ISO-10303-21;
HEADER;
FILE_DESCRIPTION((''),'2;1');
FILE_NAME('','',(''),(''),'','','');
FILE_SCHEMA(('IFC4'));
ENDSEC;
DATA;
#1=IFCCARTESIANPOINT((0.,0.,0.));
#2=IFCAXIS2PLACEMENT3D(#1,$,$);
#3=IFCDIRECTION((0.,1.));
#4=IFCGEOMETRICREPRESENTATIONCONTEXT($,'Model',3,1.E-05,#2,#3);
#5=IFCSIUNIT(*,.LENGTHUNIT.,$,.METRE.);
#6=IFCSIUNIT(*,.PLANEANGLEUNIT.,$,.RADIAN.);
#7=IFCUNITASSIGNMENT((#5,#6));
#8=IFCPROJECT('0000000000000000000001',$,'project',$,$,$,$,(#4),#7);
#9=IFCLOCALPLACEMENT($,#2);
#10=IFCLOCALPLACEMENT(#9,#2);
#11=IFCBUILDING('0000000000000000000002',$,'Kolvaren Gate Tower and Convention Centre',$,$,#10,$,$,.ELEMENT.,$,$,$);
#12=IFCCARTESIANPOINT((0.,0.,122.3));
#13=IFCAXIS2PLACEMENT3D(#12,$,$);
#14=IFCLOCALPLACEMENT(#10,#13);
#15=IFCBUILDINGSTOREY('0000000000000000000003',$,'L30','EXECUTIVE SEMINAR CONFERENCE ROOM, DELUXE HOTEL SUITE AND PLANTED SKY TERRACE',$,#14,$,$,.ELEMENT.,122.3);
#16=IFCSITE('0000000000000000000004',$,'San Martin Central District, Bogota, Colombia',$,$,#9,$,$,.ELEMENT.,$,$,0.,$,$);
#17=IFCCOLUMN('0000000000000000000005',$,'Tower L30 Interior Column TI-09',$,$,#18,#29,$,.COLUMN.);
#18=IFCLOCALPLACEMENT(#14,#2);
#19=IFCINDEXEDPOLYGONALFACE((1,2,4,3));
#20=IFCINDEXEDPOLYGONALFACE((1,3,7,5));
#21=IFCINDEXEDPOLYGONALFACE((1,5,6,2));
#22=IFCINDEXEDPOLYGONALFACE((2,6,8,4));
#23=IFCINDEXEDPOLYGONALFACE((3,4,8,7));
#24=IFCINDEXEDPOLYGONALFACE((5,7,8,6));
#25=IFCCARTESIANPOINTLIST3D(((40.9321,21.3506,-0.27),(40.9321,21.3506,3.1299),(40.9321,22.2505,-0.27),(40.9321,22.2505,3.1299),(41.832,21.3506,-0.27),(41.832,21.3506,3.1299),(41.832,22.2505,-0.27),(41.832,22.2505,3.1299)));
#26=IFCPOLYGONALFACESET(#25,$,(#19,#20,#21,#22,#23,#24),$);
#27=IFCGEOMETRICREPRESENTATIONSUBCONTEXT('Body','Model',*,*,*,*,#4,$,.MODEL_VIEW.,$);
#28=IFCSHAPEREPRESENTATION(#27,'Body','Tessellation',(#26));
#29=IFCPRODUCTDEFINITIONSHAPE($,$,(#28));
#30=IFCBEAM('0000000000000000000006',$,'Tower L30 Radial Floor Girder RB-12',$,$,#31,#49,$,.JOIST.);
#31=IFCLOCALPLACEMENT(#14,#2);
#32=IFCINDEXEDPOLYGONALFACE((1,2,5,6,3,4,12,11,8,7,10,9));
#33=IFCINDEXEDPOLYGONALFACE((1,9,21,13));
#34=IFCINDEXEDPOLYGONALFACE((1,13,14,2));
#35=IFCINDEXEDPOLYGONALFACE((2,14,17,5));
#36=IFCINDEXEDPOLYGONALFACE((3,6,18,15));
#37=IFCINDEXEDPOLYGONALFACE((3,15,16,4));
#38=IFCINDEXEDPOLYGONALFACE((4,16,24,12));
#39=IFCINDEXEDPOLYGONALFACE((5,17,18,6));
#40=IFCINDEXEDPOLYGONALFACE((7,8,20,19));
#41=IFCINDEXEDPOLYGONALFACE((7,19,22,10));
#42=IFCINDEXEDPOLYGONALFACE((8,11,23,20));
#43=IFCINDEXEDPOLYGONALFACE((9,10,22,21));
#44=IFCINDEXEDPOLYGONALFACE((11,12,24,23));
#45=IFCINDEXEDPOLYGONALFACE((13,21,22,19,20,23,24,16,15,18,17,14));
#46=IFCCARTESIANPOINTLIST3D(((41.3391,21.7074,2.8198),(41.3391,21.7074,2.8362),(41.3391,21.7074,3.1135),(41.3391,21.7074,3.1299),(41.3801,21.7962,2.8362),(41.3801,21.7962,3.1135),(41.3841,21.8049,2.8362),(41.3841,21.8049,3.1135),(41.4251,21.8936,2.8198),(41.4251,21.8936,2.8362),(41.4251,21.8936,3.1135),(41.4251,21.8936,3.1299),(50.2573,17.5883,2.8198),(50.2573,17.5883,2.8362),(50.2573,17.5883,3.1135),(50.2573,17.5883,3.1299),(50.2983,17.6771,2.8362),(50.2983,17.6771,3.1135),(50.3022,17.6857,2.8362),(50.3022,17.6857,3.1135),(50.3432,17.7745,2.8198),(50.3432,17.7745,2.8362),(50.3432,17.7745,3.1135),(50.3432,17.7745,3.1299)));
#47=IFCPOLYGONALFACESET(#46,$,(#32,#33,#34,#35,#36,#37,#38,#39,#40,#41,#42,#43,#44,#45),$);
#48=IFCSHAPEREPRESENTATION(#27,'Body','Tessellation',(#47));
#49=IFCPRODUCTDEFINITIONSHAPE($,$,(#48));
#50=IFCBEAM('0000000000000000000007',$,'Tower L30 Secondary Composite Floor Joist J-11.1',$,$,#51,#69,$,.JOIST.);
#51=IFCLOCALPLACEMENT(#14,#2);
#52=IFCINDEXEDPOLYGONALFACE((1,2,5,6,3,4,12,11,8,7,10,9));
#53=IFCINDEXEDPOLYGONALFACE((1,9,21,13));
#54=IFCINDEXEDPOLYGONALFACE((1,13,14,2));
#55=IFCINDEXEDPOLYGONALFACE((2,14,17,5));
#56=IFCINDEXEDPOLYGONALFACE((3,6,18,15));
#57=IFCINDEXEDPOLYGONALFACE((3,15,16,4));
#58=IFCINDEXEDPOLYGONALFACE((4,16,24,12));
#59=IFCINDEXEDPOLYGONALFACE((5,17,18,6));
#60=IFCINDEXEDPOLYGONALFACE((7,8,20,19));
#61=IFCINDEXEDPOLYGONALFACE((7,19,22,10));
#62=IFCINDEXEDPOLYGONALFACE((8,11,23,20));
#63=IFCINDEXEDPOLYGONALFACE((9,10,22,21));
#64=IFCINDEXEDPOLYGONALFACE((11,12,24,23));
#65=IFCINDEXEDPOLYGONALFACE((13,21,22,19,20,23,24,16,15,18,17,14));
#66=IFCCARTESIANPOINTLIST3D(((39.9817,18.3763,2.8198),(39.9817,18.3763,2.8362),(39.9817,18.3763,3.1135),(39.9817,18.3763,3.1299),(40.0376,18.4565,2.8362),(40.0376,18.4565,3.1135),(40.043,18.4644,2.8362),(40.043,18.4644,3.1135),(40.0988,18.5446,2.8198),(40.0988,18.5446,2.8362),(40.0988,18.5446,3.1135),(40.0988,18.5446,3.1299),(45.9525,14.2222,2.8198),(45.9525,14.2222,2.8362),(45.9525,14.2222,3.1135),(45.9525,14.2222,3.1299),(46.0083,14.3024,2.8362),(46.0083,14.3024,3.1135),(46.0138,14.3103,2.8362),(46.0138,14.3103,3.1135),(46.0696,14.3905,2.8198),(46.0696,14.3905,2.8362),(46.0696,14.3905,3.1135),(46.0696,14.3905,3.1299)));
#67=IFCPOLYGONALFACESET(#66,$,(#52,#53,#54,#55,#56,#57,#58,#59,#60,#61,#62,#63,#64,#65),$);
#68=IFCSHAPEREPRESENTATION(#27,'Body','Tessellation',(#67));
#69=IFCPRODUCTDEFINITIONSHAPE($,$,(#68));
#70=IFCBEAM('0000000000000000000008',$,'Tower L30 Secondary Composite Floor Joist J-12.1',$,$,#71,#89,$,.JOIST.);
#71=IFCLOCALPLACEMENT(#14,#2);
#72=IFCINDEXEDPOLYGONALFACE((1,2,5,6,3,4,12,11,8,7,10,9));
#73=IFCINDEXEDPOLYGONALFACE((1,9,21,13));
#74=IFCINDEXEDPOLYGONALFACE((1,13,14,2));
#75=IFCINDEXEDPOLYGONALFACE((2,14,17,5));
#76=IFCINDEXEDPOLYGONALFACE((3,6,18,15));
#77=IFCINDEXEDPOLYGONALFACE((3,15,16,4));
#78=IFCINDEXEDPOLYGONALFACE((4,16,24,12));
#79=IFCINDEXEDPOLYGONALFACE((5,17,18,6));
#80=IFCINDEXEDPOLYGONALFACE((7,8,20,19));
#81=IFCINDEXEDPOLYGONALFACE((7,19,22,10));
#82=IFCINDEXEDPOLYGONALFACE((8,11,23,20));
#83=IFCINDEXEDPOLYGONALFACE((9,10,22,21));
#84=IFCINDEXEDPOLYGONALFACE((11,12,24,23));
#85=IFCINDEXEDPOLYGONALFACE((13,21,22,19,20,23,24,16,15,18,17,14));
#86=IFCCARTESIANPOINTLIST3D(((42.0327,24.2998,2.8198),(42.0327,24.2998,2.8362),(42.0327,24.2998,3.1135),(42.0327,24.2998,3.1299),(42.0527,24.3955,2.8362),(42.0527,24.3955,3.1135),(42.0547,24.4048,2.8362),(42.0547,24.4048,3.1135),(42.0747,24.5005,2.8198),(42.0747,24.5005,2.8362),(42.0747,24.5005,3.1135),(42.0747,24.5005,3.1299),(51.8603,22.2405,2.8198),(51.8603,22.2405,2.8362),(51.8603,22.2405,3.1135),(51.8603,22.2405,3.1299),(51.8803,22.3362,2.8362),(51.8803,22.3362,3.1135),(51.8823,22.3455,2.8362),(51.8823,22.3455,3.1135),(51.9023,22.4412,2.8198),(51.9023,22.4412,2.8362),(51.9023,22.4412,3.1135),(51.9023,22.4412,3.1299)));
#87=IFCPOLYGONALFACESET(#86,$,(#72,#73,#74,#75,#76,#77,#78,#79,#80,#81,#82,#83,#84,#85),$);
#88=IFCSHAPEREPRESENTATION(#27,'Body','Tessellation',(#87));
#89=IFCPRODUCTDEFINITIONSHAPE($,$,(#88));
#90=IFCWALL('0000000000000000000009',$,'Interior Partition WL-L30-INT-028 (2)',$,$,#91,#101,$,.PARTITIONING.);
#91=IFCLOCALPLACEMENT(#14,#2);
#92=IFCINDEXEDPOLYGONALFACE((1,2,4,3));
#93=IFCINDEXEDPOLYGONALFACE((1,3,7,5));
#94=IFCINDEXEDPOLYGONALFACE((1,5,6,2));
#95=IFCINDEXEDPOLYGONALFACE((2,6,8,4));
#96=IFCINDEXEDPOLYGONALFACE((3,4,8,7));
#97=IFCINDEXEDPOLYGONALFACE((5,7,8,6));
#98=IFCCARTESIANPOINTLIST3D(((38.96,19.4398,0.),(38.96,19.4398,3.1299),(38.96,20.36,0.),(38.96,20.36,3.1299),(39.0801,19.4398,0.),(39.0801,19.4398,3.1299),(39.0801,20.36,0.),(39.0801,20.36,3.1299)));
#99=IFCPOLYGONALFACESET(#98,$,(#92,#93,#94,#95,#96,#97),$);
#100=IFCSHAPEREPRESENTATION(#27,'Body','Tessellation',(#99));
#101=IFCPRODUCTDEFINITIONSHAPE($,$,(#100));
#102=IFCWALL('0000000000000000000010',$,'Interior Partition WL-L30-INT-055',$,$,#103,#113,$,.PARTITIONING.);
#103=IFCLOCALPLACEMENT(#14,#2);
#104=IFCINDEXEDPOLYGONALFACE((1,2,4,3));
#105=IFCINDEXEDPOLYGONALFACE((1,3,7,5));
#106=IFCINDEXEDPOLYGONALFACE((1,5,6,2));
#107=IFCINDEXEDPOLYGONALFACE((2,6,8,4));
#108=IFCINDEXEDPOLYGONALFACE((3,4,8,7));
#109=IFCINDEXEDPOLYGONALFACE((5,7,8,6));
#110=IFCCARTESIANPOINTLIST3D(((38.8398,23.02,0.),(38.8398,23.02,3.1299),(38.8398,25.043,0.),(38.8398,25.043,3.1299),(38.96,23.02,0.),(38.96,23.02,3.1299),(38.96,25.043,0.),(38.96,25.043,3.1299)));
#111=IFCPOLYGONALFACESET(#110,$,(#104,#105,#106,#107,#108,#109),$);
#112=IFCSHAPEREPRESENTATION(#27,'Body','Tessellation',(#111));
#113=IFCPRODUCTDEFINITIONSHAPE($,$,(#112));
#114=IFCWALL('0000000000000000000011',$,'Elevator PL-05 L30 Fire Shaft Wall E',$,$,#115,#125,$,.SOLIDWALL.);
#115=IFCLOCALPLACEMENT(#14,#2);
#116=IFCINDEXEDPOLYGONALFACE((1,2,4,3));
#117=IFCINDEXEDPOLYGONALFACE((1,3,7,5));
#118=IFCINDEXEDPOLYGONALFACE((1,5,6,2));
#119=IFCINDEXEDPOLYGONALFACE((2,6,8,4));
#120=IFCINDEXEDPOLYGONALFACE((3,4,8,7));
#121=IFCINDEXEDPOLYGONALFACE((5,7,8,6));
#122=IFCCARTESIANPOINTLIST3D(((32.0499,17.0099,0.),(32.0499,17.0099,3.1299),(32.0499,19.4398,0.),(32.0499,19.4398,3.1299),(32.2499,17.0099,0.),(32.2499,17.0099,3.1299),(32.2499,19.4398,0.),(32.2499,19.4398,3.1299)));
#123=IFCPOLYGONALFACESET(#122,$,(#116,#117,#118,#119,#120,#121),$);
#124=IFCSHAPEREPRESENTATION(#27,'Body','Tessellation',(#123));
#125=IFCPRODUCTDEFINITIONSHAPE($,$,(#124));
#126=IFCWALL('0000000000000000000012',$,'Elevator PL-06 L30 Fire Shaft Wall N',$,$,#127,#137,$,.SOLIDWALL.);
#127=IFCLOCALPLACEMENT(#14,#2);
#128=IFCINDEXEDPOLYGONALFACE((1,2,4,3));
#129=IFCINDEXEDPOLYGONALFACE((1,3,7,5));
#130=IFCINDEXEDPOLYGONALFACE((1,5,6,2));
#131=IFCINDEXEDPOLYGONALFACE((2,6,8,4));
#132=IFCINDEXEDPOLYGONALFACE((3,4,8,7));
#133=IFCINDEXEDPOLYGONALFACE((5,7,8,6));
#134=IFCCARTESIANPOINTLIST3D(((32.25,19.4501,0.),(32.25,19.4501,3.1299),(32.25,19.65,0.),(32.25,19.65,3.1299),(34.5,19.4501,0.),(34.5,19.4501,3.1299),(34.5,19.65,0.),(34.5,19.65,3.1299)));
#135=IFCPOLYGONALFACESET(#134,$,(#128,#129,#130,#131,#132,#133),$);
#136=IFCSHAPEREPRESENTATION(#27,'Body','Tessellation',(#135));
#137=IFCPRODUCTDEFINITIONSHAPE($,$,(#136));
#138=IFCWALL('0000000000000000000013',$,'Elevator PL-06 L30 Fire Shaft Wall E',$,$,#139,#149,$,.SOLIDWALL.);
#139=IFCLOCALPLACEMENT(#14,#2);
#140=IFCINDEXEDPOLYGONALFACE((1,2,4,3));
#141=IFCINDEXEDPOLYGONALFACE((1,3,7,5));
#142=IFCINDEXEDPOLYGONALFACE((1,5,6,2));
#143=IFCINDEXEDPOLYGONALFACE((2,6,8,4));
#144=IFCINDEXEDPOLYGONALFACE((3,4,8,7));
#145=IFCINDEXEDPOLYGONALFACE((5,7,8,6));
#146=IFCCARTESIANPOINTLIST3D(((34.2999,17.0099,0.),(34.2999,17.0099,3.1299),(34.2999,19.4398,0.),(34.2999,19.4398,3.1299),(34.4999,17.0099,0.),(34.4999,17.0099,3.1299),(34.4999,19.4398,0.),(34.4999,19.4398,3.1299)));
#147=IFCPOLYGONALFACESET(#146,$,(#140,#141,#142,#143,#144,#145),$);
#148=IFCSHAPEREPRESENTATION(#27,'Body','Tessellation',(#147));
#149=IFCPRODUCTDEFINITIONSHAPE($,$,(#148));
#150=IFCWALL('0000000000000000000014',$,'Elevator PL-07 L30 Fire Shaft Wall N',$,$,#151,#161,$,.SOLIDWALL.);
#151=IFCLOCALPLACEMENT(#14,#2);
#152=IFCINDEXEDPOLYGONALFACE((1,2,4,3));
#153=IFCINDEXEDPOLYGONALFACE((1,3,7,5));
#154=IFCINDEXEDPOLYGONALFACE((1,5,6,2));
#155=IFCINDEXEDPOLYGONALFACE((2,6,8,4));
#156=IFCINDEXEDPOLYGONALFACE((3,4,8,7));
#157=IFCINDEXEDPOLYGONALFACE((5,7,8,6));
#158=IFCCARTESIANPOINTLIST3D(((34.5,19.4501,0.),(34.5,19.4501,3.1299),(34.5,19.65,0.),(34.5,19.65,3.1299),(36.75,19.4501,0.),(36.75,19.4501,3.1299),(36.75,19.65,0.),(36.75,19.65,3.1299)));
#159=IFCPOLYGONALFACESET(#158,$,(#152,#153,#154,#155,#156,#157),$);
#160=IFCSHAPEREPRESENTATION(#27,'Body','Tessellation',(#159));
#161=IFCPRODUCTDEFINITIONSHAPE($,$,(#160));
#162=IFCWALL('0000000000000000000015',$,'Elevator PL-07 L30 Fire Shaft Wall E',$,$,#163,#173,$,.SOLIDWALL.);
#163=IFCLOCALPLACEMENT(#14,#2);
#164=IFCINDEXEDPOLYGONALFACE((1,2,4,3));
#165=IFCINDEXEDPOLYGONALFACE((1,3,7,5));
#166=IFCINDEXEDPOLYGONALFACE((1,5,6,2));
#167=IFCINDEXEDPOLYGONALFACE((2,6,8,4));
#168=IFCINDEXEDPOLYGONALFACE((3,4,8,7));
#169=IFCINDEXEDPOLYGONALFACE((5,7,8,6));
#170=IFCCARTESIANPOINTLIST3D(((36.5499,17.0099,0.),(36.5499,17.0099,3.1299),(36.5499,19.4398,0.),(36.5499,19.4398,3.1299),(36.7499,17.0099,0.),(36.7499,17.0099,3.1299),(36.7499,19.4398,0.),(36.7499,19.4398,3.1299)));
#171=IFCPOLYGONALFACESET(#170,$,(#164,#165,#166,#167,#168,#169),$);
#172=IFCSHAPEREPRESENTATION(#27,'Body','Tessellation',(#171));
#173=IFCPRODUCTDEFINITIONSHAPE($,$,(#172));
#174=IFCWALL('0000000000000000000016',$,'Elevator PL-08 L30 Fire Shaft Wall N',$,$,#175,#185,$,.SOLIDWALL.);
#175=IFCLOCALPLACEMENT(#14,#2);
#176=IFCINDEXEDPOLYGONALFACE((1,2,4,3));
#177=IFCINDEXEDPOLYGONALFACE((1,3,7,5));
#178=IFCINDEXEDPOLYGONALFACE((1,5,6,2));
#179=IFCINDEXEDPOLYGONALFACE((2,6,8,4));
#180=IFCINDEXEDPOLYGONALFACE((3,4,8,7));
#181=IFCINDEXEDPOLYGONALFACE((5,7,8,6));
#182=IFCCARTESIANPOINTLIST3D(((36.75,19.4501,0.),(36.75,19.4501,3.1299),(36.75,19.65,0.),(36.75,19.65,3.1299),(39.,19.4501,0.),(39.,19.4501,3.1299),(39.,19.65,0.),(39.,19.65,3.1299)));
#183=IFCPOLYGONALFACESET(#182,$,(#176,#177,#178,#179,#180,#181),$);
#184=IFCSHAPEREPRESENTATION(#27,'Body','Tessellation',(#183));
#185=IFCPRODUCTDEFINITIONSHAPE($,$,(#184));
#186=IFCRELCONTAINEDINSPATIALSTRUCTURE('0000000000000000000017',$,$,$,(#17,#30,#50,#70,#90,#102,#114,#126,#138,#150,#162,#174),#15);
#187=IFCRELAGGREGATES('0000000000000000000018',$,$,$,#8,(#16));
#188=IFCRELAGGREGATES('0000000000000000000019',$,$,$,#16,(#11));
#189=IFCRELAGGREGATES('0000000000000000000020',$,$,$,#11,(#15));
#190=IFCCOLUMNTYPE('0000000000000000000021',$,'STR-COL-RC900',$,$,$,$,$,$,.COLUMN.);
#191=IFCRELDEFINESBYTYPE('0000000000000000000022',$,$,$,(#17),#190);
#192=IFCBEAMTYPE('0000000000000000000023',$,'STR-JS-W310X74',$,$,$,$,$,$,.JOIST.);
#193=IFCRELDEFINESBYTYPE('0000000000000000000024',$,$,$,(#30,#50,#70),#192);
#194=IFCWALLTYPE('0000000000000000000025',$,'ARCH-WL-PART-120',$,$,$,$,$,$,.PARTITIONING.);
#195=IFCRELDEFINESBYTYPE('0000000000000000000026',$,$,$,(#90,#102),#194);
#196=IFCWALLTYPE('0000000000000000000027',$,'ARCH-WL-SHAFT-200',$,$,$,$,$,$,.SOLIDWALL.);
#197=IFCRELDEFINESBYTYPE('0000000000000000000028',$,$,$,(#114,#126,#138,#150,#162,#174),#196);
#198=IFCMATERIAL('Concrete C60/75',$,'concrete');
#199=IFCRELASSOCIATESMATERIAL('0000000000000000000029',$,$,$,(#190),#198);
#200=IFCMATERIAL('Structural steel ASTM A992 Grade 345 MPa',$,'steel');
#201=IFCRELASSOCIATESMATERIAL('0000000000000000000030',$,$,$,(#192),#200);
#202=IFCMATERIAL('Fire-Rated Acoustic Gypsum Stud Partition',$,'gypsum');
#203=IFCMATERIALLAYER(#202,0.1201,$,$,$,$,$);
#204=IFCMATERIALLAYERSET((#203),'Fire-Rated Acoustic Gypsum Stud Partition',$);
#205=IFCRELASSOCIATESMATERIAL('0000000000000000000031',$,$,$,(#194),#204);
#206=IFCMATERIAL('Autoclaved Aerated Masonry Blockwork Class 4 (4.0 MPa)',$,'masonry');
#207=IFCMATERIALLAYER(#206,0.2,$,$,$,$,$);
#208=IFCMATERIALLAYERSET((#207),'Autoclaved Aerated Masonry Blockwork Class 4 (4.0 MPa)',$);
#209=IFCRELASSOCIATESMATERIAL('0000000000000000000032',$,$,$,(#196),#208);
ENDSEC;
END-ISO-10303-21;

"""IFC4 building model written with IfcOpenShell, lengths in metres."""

from ifc_helpers import new_model, si_unit, direction, frame, frame_2d, origin, origin_2d, place, context, subcontext, project, spatial, rectangle, i_section, extrude, material, layer, layer_set, material_profile, profile_set, type_object, element, save


model = new_model("IFC4")

# Units and contexts
model_context = context("Model", 3, precision=1e-05, world=origin(), true_north=direction((0.0, 1.0)))
body_context = subcontext(model_context, "Body", "Model", "MODEL_VIEW")
ifc_project = project(units=[si_unit("LENGTHUNIT", "METRE"), si_unit("PLANEANGLEUNIT", "RADIAN")], contexts=[model_context])

# Site, building, storey
site_placement = place(None, origin())
site = spatial("IfcSite", under=ifc_project, at=site_placement, Name="San Martin Central District, Bogota, Colombia", CompositionType="ELEMENT", RefElevation=0.0)
building_placement = place(site_placement, origin())
building = spatial("IfcBuilding", under=site, at=building_placement, Name="Kolvaren Gate Tower and Convention Centre", CompositionType="ELEMENT")
storey_placement = place(building_placement, frame((0.0, 0.0, 122.3)))
storey = spatial("IfcBuildingStorey", under=building, at=storey_placement, Name="L30", Description="EXECUTIVE SEMINAR CONFERENCE ROOM, DELUXE HOTEL SUITE AND PLANTED SKY TERRACE", CompositionType="ELEMENT", Elevation=122.3)

# Column
ifc_material_1 = material(Name="Concrete C60/75", Category="concrete")
ifc_material_profile_1 = material_profile(ifc_material_1, rectangle(XDim=0.8999, YDim=0.8999, at=origin_2d()), Name="RC-COL-900X900")
ifc_profile_set_1 = profile_set([ifc_material_profile_1], Name="Concrete C60/75")
column_type = type_object("IfcColumnType", Name="STR-COL-RC900", PredefinedType="COLUMN", material=ifc_profile_set_1)
column_placement = place(storey_placement, frame((41.3821, 21.8005, -0.27), z_axis=(0.0, 0.0, 1.0), x_axis=(1.0, 0.0, 0.0)))
element("IfcColumn", 1, at=column_placement, inside=storey, type_object=column_type, Name="Tower L30 Interior Column TI-09", PredefinedType="COLUMN", context=body_context, shape_type="SweptSolid", body=[
    extrude(rectangle(XDim=0.8999, YDim=0.8999, at=origin_2d()), origin(), (0.0, 0.0, 1.0), 3.3999),
])

# Beams
ifc_material_2 = material(Name="Structural steel ASTM A992 Grade 345 MPa", Category="steel")
ifc_material_profile_2 = material_profile(ifc_material_2, i_section(OverallWidth=0.2051, OverallDepth=0.3101, WebThickness=0.0095, FlangeThickness=0.0164, at=origin_2d()), Name="W310X74")
ifc_profile_set_2 = profile_set([ifc_material_profile_2], Name="Structural steel ASTM A992 Grade 345 MPa")
beam_type = type_object("IfcBeamType", Name="STR-JS-W310X74", PredefinedType="JOIST", material=ifc_profile_set_2)
beam_1_placement = place(storey_placement, frame((41.3821, 21.8005, 2.9749), z_axis=(0.907842, -0.419313, 0.0), x_axis=(0.419313, 0.907842, 0.0)))
element("IfcBeam", 2, at=beam_1_placement, inside=storey, type_object=beam_type, Name="Tower L30 Radial Floor Girder RB-12", PredefinedType="JOIST", context=body_context, shape_type="SweptSolid", body=[
    extrude(i_section(OverallWidth=0.2051, OverallDepth=0.3101, WebThickness=0.0095, FlangeThickness=0.0164, at=origin_2d()), origin(), (0.0, 0.0, 1.0), 9.8235),
])
beam_2_placement = place(storey_placement, frame((40.0403, 18.4604, 2.9749), z_axis=(0.820872, -0.571113, 0.0), x_axis=(0.571113, 0.820872, 0.0)))
element("IfcBeam", 3, at=beam_2_placement, inside=storey, type_object=beam_type, Name="Tower L30 Secondary Composite Floor Joist J-11.1", PredefinedType="JOIST", context=body_context, shape_type="SweptSolid", body=[
    extrude(i_section(OverallWidth=0.2051, OverallDepth=0.3101, WebThickness=0.0095, FlangeThickness=0.0164, at=origin_2d()), origin(), (0.0, 0.0, 1.0), 7.2737),
])
beam_3_placement = place(storey_placement, frame((42.0537, 24.4001, 2.9749), z_axis=(0.978743, -0.20509, 0.0), x_axis=(0.20509, 0.978743, 0.0)))
element("IfcBeam", 4, at=beam_3_placement, inside=storey, type_object=beam_type, Name="Tower L30 Secondary Composite Floor Joist J-12.1", PredefinedType="JOIST", context=body_context, shape_type="SweptSolid", body=[
    extrude(i_section(OverallWidth=0.2051, OverallDepth=0.3101, WebThickness=0.0095, FlangeThickness=0.0164, at=origin_2d()), origin(), (0.0, 0.0, 1.0), 10.041),
])

# Walls
ifc_material_3 = material(Name="Fire-Rated Acoustic Gypsum Stud Partition", Category="gypsum")
ifc_layer_1 = layer(ifc_material_3, 0.1201)
ifc_layer_set_1 = layer_set([ifc_layer_1], Name="Fire-Rated Acoustic Gypsum Stud Partition")
wall_type_1 = type_object("IfcWallType", Name="ARCH-WL-PART-120", PredefinedType="PARTITIONING", material=ifc_layer_set_1)
wall_1_placement = place(storey_placement, frame((39.02, 19.4399, 0.0), z_axis=(0.0, 0.0, 1.0), x_axis=(0.0, 1.0, 0.0)))
element("IfcWall", 5, at=wall_1_placement, inside=storey, type_object=wall_type_1, Name="Interior Partition WL-L30-INT-028 (2)", PredefinedType="PARTITIONING", context=body_context, shape_type="SweptSolid", body=[
    extrude(rectangle(XDim=0.9202, YDim=0.1201, at=frame_2d((0.46, 0.0))), origin(), (0.0, 0.0, 1.0), 3.1299),
])
wall_2_placement = place(storey_placement, frame((38.8999, 23.02, 0.0), z_axis=(0.0, 0.0, 1.0), x_axis=(0.0, 1.0, 0.0)))
element("IfcWall", 6, at=wall_2_placement, inside=storey, type_object=wall_type_1, Name="Interior Partition WL-L30-INT-055", PredefinedType="PARTITIONING", context=body_context, shape_type="SweptSolid", body=[
    extrude(rectangle(XDim=2.0229, YDim=0.1201, at=frame_2d((1.0115, 0.0))), origin(), (0.0, 0.0, 1.0), 3.1299),
])
ifc_material_4 = material(Name="Autoclaved Aerated Masonry Blockwork Class 4 (4.0 MPa)", Category="masonry")
ifc_layer_2 = layer(ifc_material_4, 0.2)
ifc_layer_set_2 = layer_set([ifc_layer_2], Name="Autoclaved Aerated Masonry Blockwork Class 4 (4.0 MPa)")
wall_type_2 = type_object("IfcWallType", Name="ARCH-WL-SHAFT-200", PredefinedType="SOLIDWALL", material=ifc_layer_set_2)
wall_3_placement = place(storey_placement, frame((32.1499, 17.01, 0.0), z_axis=(0.0, 0.0, 1.0), x_axis=(0.0, 1.0, 0.0)))
element("IfcWall", 7, at=wall_3_placement, inside=storey, type_object=wall_type_2, Name="Elevator PL-05 L30 Fire Shaft Wall E", PredefinedType="SOLIDWALL", context=body_context, shape_type="SweptSolid", body=[
    extrude(rectangle(XDim=2.4299, YDim=0.2, at=frame_2d((1.2148, 0.0))), origin(), (0.0, 0.0, 1.0), 3.1299),
])
wall_4_placement = place(storey_placement, frame((32.25, 19.55, 0.0), z_axis=(0.0, 0.0, 1.0), x_axis=(1.0, 0.0, 0.0)))
element("IfcWall", 8, at=wall_4_placement, inside=storey, type_object=wall_type_2, Name="Elevator PL-06 L30 Fire Shaft Wall N", PredefinedType="SOLIDWALL", context=body_context, shape_type="SweptSolid", body=[
    extrude(rectangle(XDim=2.25, YDim=0.2, at=frame_2d((1.125, 0.0))), origin(), (0.0, 0.0, 1.0), 3.1299),
])
wall_5_placement = place(storey_placement, frame((34.3999, 17.01, 0.0), z_axis=(0.0, 0.0, 1.0), x_axis=(0.0, 1.0, 0.0)))
element("IfcWall", 9, at=wall_5_placement, inside=storey, type_object=wall_type_2, Name="Elevator PL-06 L30 Fire Shaft Wall E", PredefinedType="SOLIDWALL", context=body_context, shape_type="SweptSolid", body=[
    extrude(rectangle(XDim=2.4299, YDim=0.2, at=frame_2d((1.2148, 0.0))), origin(), (0.0, 0.0, 1.0), 3.1299),
])
wall_6_placement = place(storey_placement, frame((34.5, 19.55, 0.0), z_axis=(0.0, 0.0, 1.0), x_axis=(1.0, 0.0, 0.0)))
element("IfcWall", 10, at=wall_6_placement, inside=storey, type_object=wall_type_2, Name="Elevator PL-07 L30 Fire Shaft Wall N", PredefinedType="SOLIDWALL", context=body_context, shape_type="SweptSolid", body=[
    extrude(rectangle(XDim=2.25, YDim=0.2, at=frame_2d((1.125, 0.0))), origin(), (0.0, 0.0, 1.0), 3.1299),
])
wall_7_placement = place(storey_placement, frame((36.6499, 17.01, 0.0), z_axis=(0.0, 0.0, 1.0), x_axis=(0.0, 1.0, 0.0)))
element("IfcWall", 11, at=wall_7_placement, inside=storey, type_object=wall_type_2, Name="Elevator PL-07 L30 Fire Shaft Wall E", PredefinedType="SOLIDWALL", context=body_context, shape_type="SweptSolid", body=[
    extrude(rectangle(XDim=2.4299, YDim=0.2, at=frame_2d((1.2148, 0.0))), origin(), (0.0, 0.0, 1.0), 3.1299),
])
wall_8_placement = place(storey_placement, frame((36.75, 19.55, 0.0), z_axis=(0.0, 0.0, 1.0), x_axis=(1.0, 0.0, 0.0)))
element("IfcWall", 12, at=wall_8_placement, inside=storey, type_object=wall_type_2, Name="Elevator PL-08 L30 Fire Shaft Wall N", PredefinedType="SOLIDWALL", context=body_context, shape_type="SweptSolid", body=[
    extrude(rectangle(XDim=2.25, YDim=0.2, at=frame_2d((1.125, 0.0))), origin(), (0.0, 0.0, 1.0), 3.1299),
])

save(model, "model.ifc")
